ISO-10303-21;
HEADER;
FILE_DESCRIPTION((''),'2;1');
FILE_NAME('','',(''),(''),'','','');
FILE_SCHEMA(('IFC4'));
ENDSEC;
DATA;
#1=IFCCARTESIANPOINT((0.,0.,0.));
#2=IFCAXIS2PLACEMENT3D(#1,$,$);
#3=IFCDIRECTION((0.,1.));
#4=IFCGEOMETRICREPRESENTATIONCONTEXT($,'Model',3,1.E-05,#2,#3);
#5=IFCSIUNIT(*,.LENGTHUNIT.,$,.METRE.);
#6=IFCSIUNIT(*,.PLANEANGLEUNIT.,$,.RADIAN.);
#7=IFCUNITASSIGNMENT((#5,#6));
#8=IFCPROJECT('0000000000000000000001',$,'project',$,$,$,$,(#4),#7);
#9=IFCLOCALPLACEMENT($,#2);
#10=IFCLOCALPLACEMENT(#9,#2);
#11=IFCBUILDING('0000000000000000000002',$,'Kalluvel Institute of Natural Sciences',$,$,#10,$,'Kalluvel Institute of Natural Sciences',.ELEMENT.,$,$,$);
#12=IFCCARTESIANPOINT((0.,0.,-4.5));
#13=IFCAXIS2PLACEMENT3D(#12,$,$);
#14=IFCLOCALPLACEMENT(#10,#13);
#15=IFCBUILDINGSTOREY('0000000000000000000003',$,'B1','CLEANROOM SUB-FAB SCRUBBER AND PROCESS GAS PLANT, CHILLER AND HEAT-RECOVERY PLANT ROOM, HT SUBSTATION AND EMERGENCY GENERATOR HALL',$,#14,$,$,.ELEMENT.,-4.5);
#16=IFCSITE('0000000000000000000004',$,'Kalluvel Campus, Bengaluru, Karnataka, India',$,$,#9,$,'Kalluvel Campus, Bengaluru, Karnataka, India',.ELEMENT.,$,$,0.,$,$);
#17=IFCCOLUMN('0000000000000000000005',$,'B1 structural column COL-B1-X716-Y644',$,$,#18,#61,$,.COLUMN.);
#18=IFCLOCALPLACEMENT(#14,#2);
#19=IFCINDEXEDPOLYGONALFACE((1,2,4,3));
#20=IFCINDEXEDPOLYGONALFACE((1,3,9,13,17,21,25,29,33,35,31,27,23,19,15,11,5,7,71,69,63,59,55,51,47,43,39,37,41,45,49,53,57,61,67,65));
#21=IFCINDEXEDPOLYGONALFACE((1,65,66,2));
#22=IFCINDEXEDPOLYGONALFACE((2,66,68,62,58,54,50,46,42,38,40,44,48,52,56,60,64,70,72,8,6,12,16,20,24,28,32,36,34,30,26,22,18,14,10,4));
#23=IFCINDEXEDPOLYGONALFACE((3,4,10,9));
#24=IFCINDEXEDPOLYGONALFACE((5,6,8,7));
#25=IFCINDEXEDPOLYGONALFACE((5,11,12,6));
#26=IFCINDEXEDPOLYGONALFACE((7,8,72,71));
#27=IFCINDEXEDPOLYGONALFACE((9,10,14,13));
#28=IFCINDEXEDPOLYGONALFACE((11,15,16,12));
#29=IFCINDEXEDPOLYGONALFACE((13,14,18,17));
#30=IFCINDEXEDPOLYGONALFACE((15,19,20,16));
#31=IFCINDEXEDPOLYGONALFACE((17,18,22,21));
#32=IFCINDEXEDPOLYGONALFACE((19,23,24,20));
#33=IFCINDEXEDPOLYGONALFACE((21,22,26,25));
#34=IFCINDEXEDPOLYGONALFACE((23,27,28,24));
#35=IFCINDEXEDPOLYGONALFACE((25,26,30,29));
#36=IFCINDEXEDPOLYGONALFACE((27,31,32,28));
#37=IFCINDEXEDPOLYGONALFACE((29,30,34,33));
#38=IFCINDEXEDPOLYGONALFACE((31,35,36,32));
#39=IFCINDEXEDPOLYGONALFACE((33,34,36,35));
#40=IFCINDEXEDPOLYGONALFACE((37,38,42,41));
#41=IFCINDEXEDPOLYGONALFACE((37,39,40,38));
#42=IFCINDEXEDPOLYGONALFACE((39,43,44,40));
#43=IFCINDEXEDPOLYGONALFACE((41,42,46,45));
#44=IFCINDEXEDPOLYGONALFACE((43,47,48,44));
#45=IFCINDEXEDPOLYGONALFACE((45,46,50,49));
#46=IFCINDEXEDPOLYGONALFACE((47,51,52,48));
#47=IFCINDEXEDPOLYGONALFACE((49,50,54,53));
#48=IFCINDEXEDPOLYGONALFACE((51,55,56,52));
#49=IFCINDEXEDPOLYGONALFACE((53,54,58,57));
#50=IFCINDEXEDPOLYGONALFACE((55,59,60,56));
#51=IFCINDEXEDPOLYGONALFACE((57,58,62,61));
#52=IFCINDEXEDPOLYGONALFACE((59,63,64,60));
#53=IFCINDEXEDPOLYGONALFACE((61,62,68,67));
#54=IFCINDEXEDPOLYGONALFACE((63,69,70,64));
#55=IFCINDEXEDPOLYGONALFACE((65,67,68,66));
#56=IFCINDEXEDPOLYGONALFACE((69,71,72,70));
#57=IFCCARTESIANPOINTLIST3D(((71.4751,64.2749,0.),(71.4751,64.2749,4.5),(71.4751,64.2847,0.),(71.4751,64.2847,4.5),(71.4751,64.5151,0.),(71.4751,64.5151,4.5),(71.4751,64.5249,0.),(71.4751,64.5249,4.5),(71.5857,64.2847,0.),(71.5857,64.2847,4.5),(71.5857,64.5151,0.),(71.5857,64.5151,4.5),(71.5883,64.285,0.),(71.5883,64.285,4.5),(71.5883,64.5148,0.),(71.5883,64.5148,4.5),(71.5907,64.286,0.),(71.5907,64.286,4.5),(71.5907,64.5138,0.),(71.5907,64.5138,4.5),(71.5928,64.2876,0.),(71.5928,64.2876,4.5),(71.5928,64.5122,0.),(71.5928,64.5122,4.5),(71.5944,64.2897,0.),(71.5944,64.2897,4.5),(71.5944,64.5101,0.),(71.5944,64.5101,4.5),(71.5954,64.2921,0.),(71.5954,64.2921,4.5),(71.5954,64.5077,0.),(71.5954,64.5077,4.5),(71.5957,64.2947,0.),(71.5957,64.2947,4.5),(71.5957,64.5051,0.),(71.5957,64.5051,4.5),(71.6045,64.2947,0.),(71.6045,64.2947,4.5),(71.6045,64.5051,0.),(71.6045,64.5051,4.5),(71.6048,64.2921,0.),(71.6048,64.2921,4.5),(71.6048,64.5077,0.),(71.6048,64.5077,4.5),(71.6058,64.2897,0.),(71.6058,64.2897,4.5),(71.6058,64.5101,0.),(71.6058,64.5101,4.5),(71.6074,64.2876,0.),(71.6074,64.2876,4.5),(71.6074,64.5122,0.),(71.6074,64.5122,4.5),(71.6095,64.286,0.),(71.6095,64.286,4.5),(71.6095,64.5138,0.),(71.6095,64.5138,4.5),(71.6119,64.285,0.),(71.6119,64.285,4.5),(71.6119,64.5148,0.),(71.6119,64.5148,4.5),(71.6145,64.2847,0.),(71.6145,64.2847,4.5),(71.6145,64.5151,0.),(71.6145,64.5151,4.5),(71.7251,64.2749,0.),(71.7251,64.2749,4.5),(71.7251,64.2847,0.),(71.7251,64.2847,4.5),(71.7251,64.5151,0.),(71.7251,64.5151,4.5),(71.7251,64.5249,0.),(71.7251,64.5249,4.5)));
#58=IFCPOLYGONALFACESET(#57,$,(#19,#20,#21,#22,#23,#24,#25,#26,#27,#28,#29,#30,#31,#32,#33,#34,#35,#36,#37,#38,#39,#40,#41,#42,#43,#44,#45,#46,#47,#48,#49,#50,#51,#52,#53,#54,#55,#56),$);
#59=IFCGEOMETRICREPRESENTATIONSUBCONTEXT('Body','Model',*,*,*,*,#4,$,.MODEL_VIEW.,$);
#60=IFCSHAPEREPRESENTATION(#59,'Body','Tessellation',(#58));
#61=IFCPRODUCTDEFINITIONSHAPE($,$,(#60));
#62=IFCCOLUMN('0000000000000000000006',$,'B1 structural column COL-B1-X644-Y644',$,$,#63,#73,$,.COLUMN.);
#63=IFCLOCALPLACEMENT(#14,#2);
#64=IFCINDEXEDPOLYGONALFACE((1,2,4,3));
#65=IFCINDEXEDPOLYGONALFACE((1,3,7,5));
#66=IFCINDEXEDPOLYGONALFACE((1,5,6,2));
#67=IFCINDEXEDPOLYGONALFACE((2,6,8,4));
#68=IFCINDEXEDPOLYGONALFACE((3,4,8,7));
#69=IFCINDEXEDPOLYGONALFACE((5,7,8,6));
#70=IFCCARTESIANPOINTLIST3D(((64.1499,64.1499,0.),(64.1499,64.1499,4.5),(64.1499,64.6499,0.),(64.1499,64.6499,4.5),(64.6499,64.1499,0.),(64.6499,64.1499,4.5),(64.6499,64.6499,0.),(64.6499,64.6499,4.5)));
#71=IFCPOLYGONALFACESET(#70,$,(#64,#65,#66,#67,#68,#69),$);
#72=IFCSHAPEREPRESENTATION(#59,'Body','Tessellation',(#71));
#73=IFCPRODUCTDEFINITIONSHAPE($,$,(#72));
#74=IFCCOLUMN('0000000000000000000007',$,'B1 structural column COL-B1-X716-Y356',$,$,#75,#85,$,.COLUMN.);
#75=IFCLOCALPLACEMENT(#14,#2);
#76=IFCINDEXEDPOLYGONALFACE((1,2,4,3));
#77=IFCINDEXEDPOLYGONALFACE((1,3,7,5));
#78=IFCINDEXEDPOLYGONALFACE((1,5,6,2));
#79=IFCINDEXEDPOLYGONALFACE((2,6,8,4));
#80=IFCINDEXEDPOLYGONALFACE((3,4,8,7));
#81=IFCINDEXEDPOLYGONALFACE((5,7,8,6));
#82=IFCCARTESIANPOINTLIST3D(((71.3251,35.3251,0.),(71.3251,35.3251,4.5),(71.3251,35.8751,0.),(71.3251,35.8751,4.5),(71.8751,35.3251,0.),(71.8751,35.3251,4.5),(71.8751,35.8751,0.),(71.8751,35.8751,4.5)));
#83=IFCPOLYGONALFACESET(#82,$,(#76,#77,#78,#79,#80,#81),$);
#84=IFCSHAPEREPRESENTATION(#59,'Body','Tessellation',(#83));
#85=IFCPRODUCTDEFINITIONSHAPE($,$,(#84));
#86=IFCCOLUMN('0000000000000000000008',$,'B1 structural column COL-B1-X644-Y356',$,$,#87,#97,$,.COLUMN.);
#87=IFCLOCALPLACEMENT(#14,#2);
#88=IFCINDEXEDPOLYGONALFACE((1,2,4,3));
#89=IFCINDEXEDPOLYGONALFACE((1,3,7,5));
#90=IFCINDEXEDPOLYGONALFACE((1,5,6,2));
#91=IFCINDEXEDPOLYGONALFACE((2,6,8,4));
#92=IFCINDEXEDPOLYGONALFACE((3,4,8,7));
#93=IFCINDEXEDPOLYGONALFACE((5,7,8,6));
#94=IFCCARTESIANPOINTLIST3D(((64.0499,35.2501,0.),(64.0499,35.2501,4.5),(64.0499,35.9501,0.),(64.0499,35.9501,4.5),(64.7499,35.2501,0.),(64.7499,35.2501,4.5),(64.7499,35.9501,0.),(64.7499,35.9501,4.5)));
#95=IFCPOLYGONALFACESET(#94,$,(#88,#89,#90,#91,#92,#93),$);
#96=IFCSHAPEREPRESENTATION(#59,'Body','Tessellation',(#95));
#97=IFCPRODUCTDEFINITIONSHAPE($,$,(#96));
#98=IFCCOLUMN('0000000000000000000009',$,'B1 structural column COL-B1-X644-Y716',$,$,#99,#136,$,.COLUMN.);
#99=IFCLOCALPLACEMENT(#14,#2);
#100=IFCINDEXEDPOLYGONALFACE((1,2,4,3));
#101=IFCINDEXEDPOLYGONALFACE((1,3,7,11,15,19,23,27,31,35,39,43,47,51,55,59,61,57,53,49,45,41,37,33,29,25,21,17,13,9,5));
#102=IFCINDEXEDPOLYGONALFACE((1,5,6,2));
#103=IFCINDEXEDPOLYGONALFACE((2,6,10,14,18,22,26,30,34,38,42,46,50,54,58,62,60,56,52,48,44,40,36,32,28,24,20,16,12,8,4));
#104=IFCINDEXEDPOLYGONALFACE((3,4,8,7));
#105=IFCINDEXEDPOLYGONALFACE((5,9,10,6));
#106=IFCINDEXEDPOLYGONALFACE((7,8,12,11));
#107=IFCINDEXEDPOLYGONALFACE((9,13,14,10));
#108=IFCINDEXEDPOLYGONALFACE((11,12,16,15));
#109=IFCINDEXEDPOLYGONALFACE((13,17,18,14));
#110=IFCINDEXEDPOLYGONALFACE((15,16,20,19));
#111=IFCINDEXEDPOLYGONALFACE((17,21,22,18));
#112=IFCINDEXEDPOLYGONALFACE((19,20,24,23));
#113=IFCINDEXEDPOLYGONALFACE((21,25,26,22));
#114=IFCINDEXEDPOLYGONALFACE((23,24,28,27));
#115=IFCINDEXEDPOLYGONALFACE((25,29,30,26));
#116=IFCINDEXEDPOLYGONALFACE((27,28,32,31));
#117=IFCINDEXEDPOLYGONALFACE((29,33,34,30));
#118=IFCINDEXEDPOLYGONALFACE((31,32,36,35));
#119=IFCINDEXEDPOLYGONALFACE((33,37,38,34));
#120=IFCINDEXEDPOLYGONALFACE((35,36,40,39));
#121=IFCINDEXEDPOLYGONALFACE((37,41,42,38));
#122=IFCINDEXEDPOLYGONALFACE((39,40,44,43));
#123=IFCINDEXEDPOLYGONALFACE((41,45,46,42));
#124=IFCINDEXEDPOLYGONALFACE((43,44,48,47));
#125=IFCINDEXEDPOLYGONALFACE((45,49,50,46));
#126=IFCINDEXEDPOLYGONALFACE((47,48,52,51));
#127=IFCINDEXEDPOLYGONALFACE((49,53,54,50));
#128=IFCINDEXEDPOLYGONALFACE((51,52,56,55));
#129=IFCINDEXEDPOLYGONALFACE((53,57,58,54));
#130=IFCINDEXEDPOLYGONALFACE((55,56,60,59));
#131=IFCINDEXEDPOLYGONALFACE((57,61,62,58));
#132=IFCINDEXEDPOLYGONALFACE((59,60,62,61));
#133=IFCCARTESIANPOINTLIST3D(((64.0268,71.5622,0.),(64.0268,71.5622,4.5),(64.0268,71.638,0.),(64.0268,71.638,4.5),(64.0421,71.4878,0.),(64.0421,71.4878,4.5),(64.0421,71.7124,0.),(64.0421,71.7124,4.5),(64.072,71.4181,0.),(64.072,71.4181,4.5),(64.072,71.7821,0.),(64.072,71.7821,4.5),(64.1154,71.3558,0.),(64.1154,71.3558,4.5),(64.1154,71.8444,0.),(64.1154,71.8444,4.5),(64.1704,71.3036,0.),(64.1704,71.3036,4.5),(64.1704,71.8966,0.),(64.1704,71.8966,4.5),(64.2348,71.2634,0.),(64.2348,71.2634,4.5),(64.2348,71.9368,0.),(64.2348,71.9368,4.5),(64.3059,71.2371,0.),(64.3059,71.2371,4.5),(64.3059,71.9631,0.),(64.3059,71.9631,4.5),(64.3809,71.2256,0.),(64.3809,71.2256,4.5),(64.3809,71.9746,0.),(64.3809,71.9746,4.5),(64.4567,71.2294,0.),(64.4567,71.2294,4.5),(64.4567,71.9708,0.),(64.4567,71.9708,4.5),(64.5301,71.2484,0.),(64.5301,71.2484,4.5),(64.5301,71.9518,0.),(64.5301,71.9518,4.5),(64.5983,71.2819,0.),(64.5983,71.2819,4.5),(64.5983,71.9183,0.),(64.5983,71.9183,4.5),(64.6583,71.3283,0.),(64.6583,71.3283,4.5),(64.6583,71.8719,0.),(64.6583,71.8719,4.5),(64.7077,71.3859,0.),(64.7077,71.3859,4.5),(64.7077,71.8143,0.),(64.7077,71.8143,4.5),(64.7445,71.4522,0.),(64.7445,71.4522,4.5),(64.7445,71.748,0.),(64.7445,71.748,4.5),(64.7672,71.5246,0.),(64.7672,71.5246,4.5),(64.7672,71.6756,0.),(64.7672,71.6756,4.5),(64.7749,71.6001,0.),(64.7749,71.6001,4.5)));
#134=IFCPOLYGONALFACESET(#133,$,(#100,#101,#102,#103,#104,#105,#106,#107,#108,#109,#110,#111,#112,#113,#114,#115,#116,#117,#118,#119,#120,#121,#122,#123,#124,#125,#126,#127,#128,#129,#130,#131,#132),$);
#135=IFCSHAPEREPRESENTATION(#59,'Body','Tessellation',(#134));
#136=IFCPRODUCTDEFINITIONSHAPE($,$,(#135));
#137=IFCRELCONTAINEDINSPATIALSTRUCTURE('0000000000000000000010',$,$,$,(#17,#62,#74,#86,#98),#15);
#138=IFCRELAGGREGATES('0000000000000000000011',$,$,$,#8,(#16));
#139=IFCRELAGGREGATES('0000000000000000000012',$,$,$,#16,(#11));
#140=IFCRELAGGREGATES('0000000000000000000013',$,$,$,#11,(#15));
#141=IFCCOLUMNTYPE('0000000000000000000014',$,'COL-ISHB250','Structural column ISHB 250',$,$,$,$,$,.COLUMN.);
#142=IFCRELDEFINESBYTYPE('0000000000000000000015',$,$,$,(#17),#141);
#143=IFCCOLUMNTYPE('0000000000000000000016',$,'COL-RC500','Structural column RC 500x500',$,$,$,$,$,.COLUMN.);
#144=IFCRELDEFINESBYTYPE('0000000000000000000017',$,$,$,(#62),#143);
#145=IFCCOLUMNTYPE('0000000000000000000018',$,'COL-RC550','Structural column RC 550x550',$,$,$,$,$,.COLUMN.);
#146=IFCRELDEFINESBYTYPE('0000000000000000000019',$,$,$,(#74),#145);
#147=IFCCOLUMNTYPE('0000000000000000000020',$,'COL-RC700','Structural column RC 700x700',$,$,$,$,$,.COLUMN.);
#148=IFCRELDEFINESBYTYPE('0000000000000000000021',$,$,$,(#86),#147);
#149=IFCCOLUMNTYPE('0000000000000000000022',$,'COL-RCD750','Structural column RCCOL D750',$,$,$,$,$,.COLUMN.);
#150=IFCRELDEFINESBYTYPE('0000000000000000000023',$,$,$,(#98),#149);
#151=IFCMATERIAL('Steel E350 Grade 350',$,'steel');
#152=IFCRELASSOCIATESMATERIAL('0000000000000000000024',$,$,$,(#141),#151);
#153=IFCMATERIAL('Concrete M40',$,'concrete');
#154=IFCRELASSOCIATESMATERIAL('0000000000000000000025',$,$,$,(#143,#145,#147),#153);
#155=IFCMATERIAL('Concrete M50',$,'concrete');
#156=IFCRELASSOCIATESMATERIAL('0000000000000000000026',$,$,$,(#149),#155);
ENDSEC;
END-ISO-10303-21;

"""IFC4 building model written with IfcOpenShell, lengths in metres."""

from ifc_helpers import new_model, si_unit, direction, frame, origin, origin_2d, place, context, subcontext, project, spatial, rectangle, circle, i_section, extrude, material, material_profile, profile_set, type_object, element, save


model = new_model("IFC4")

# Units and contexts
model_context = context("Model", 3, precision=1e-05, world=origin(), true_north=direction((0.0, 1.0)))
body_context = subcontext(model_context, "Body", "Model", "MODEL_VIEW")
ifc_project = project(units=[si_unit("LENGTHUNIT", "METRE"), si_unit("PLANEANGLEUNIT", "RADIAN")], contexts=[model_context])

# Site, building, storey
site_placement = place(None, origin())
site = spatial("IfcSite", under=ifc_project, at=site_placement, Name="Kalluvel Campus, Bengaluru, Karnataka, India", LongName="Kalluvel Campus, Bengaluru, Karnataka, India", CompositionType="ELEMENT", RefElevation=0.0)
building_placement = place(site_placement, origin())
building = spatial("IfcBuilding", under=site, at=building_placement, Name="Kalluvel Institute of Natural Sciences", LongName="Kalluvel Institute of Natural Sciences", CompositionType="ELEMENT")
storey_placement = place(building_placement, frame((0.0, 0.0, -4.5)))
storey = spatial("IfcBuildingStorey", under=building, at=storey_placement, Name="B1", Description="CLEANROOM SUB-FAB SCRUBBER AND PROCESS GAS PLANT, CHILLER AND HEAT-RECOVERY PLANT ROOM, HT SUBSTATION AND EMERGENCY GENERATOR HALL", CompositionType="ELEMENT", Elevation=-4.5)

# Shared definitions
ifc_material_1 = material(Name="Concrete M40", Category="concrete")

# Columns
ifc_material_2 = material(Name="Steel E350 Grade 350", Category="steel")
ifc_material_profile_1 = material_profile(ifc_material_2, i_section(OverallWidth=0.25, OverallDepth=0.25, WebThickness=0.0088, FlangeThickness=0.0098, FilletRadius=0.01, at=origin_2d()), Name="ISHB 250")
ifc_profile_set_1 = profile_set([ifc_material_profile_1], Name="Steel E350 Grade 350")
column_type_1 = type_object("IfcColumnType", Name="COL-ISHB250", Description="Structural column ISHB 250", PredefinedType="COLUMN", material=ifc_profile_set_1)
column_1_placement = place(storey_placement, frame((71.6001, 64.3999, 0.0), z_axis=(0.0, 0.0, 1.0), x_axis=(1.0, 0.0, 0.0)))
element("IfcColumn", 1, at=column_1_placement, inside=storey, type_object=column_type_1, Name="B1 structural column COL-B1-X716-Y644", PredefinedType="COLUMN", context=body_context, shape_type="SweptSolid", body=[
    extrude(i_section(OverallWidth=0.25, OverallDepth=0.25, WebThickness=0.0088, FlangeThickness=0.0098, FilletRadius=0.01, at=origin_2d()), origin(), (0.0, 0.0, 1.0), 4.5),
])
ifc_material_profile_2 = material_profile(ifc_material_1, rectangle(XDim=0.5, YDim=0.5, at=origin_2d()), Name="RC 500x500")
ifc_profile_set_2 = profile_set([ifc_material_profile_2], Name="Concrete M40")
column_type_2 = type_object("IfcColumnType", Name="COL-RC500", Description="Structural column RC 500x500", PredefinedType="COLUMN", material=ifc_profile_set_2)
column_2_placement = place(storey_placement, frame((64.3999, 64.3999, 0.0), z_axis=(0.0, 0.0, 1.0), x_axis=(1.0, 0.0, 0.0)))
element("IfcColumn", 2, at=column_2_placement, inside=storey, type_object=column_type_2, Name="B1 structural column COL-B1-X644-Y644", PredefinedType="COLUMN", context=body_context, shape_type="SweptSolid", body=[
    extrude(rectangle(XDim=0.5, YDim=0.5, at=origin_2d()), origin(), (0.0, 0.0, 1.0), 4.5),
])
ifc_material_profile_3 = material_profile(ifc_material_1, rectangle(XDim=0.55, YDim=0.55, at=origin_2d()), Name="RC 550x550")
ifc_profile_set_3 = profile_set([ifc_material_profile_3], Name="Concrete M40")
column_type_3 = type_object("IfcColumnType", Name="COL-RC550", Description="Structural column RC 550x550", PredefinedType="COLUMN", material=ifc_profile_set_3)
column_3_placement = place(storey_placement, frame((71.6001, 35.6001, 0.0), z_axis=(0.0, 0.0, 1.0), x_axis=(1.0, 0.0, 0.0)))
element("IfcColumn", 3, at=column_3_placement, inside=storey, type_object=column_type_3, Name="B1 structural column COL-B1-X716-Y356", PredefinedType="COLUMN", context=body_context, shape_type="SweptSolid", body=[
    extrude(rectangle(XDim=0.55, YDim=0.55, at=origin_2d()), origin(), (0.0, 0.0, 1.0), 4.5),
])
ifc_material_profile_4 = material_profile(ifc_material_1, rectangle(XDim=0.7, YDim=0.7, at=origin_2d()), Name="RC 700x700")
ifc_profile_set_4 = profile_set([ifc_material_profile_4], Name="Concrete M40")
column_type_4 = type_object("IfcColumnType", Name="COL-RC700", Description="Structural column RC 700x700", PredefinedType="COLUMN", material=ifc_profile_set_4)
column_4_placement = place(storey_placement, frame((64.3999, 35.6001, 0.0), z_axis=(0.0, 0.0, 1.0), x_axis=(1.0, 0.0, 0.0)))
element("IfcColumn", 4, at=column_4_placement, inside=storey, type_object=column_type_4, Name="B1 structural column COL-B1-X644-Y356", PredefinedType="COLUMN", context=body_context, shape_type="SweptSolid", body=[
    extrude(rectangle(XDim=0.7, YDim=0.7, at=origin_2d()), origin(), (0.0, 0.0, 1.0), 4.5),
])
ifc_material_3 = material(Name="Concrete M50", Category="concrete")
ifc_material_profile_5 = material_profile(ifc_material_3, circle(Radius=0.375, at=origin_2d()), Name="RCCOL D750")
ifc_profile_set_5 = profile_set([ifc_material_profile_5], Name="Concrete M50")
column_type_5 = type_object("IfcColumnType", Name="COL-RCD750", Description="Structural column RCCOL D750", PredefinedType="COLUMN", material=ifc_profile_set_5)
column_5_placement = place(storey_placement, frame((64.3999, 71.6001, 0.0), z_axis=(0.0, 0.0, 1.0), x_axis=(1.0, 0.0, 0.0)))
element("IfcColumn", 5, at=column_5_placement, inside=storey, type_object=column_type_5, Name="B1 structural column COL-B1-X644-Y716", PredefinedType="COLUMN", context=body_context, shape_type="SweptSolid", body=[
    extrude(circle(Radius=0.375, at=origin_2d()), origin(), (0.0, 0.0, 1.0), 4.5),
])

save(model, "model.ifc")
